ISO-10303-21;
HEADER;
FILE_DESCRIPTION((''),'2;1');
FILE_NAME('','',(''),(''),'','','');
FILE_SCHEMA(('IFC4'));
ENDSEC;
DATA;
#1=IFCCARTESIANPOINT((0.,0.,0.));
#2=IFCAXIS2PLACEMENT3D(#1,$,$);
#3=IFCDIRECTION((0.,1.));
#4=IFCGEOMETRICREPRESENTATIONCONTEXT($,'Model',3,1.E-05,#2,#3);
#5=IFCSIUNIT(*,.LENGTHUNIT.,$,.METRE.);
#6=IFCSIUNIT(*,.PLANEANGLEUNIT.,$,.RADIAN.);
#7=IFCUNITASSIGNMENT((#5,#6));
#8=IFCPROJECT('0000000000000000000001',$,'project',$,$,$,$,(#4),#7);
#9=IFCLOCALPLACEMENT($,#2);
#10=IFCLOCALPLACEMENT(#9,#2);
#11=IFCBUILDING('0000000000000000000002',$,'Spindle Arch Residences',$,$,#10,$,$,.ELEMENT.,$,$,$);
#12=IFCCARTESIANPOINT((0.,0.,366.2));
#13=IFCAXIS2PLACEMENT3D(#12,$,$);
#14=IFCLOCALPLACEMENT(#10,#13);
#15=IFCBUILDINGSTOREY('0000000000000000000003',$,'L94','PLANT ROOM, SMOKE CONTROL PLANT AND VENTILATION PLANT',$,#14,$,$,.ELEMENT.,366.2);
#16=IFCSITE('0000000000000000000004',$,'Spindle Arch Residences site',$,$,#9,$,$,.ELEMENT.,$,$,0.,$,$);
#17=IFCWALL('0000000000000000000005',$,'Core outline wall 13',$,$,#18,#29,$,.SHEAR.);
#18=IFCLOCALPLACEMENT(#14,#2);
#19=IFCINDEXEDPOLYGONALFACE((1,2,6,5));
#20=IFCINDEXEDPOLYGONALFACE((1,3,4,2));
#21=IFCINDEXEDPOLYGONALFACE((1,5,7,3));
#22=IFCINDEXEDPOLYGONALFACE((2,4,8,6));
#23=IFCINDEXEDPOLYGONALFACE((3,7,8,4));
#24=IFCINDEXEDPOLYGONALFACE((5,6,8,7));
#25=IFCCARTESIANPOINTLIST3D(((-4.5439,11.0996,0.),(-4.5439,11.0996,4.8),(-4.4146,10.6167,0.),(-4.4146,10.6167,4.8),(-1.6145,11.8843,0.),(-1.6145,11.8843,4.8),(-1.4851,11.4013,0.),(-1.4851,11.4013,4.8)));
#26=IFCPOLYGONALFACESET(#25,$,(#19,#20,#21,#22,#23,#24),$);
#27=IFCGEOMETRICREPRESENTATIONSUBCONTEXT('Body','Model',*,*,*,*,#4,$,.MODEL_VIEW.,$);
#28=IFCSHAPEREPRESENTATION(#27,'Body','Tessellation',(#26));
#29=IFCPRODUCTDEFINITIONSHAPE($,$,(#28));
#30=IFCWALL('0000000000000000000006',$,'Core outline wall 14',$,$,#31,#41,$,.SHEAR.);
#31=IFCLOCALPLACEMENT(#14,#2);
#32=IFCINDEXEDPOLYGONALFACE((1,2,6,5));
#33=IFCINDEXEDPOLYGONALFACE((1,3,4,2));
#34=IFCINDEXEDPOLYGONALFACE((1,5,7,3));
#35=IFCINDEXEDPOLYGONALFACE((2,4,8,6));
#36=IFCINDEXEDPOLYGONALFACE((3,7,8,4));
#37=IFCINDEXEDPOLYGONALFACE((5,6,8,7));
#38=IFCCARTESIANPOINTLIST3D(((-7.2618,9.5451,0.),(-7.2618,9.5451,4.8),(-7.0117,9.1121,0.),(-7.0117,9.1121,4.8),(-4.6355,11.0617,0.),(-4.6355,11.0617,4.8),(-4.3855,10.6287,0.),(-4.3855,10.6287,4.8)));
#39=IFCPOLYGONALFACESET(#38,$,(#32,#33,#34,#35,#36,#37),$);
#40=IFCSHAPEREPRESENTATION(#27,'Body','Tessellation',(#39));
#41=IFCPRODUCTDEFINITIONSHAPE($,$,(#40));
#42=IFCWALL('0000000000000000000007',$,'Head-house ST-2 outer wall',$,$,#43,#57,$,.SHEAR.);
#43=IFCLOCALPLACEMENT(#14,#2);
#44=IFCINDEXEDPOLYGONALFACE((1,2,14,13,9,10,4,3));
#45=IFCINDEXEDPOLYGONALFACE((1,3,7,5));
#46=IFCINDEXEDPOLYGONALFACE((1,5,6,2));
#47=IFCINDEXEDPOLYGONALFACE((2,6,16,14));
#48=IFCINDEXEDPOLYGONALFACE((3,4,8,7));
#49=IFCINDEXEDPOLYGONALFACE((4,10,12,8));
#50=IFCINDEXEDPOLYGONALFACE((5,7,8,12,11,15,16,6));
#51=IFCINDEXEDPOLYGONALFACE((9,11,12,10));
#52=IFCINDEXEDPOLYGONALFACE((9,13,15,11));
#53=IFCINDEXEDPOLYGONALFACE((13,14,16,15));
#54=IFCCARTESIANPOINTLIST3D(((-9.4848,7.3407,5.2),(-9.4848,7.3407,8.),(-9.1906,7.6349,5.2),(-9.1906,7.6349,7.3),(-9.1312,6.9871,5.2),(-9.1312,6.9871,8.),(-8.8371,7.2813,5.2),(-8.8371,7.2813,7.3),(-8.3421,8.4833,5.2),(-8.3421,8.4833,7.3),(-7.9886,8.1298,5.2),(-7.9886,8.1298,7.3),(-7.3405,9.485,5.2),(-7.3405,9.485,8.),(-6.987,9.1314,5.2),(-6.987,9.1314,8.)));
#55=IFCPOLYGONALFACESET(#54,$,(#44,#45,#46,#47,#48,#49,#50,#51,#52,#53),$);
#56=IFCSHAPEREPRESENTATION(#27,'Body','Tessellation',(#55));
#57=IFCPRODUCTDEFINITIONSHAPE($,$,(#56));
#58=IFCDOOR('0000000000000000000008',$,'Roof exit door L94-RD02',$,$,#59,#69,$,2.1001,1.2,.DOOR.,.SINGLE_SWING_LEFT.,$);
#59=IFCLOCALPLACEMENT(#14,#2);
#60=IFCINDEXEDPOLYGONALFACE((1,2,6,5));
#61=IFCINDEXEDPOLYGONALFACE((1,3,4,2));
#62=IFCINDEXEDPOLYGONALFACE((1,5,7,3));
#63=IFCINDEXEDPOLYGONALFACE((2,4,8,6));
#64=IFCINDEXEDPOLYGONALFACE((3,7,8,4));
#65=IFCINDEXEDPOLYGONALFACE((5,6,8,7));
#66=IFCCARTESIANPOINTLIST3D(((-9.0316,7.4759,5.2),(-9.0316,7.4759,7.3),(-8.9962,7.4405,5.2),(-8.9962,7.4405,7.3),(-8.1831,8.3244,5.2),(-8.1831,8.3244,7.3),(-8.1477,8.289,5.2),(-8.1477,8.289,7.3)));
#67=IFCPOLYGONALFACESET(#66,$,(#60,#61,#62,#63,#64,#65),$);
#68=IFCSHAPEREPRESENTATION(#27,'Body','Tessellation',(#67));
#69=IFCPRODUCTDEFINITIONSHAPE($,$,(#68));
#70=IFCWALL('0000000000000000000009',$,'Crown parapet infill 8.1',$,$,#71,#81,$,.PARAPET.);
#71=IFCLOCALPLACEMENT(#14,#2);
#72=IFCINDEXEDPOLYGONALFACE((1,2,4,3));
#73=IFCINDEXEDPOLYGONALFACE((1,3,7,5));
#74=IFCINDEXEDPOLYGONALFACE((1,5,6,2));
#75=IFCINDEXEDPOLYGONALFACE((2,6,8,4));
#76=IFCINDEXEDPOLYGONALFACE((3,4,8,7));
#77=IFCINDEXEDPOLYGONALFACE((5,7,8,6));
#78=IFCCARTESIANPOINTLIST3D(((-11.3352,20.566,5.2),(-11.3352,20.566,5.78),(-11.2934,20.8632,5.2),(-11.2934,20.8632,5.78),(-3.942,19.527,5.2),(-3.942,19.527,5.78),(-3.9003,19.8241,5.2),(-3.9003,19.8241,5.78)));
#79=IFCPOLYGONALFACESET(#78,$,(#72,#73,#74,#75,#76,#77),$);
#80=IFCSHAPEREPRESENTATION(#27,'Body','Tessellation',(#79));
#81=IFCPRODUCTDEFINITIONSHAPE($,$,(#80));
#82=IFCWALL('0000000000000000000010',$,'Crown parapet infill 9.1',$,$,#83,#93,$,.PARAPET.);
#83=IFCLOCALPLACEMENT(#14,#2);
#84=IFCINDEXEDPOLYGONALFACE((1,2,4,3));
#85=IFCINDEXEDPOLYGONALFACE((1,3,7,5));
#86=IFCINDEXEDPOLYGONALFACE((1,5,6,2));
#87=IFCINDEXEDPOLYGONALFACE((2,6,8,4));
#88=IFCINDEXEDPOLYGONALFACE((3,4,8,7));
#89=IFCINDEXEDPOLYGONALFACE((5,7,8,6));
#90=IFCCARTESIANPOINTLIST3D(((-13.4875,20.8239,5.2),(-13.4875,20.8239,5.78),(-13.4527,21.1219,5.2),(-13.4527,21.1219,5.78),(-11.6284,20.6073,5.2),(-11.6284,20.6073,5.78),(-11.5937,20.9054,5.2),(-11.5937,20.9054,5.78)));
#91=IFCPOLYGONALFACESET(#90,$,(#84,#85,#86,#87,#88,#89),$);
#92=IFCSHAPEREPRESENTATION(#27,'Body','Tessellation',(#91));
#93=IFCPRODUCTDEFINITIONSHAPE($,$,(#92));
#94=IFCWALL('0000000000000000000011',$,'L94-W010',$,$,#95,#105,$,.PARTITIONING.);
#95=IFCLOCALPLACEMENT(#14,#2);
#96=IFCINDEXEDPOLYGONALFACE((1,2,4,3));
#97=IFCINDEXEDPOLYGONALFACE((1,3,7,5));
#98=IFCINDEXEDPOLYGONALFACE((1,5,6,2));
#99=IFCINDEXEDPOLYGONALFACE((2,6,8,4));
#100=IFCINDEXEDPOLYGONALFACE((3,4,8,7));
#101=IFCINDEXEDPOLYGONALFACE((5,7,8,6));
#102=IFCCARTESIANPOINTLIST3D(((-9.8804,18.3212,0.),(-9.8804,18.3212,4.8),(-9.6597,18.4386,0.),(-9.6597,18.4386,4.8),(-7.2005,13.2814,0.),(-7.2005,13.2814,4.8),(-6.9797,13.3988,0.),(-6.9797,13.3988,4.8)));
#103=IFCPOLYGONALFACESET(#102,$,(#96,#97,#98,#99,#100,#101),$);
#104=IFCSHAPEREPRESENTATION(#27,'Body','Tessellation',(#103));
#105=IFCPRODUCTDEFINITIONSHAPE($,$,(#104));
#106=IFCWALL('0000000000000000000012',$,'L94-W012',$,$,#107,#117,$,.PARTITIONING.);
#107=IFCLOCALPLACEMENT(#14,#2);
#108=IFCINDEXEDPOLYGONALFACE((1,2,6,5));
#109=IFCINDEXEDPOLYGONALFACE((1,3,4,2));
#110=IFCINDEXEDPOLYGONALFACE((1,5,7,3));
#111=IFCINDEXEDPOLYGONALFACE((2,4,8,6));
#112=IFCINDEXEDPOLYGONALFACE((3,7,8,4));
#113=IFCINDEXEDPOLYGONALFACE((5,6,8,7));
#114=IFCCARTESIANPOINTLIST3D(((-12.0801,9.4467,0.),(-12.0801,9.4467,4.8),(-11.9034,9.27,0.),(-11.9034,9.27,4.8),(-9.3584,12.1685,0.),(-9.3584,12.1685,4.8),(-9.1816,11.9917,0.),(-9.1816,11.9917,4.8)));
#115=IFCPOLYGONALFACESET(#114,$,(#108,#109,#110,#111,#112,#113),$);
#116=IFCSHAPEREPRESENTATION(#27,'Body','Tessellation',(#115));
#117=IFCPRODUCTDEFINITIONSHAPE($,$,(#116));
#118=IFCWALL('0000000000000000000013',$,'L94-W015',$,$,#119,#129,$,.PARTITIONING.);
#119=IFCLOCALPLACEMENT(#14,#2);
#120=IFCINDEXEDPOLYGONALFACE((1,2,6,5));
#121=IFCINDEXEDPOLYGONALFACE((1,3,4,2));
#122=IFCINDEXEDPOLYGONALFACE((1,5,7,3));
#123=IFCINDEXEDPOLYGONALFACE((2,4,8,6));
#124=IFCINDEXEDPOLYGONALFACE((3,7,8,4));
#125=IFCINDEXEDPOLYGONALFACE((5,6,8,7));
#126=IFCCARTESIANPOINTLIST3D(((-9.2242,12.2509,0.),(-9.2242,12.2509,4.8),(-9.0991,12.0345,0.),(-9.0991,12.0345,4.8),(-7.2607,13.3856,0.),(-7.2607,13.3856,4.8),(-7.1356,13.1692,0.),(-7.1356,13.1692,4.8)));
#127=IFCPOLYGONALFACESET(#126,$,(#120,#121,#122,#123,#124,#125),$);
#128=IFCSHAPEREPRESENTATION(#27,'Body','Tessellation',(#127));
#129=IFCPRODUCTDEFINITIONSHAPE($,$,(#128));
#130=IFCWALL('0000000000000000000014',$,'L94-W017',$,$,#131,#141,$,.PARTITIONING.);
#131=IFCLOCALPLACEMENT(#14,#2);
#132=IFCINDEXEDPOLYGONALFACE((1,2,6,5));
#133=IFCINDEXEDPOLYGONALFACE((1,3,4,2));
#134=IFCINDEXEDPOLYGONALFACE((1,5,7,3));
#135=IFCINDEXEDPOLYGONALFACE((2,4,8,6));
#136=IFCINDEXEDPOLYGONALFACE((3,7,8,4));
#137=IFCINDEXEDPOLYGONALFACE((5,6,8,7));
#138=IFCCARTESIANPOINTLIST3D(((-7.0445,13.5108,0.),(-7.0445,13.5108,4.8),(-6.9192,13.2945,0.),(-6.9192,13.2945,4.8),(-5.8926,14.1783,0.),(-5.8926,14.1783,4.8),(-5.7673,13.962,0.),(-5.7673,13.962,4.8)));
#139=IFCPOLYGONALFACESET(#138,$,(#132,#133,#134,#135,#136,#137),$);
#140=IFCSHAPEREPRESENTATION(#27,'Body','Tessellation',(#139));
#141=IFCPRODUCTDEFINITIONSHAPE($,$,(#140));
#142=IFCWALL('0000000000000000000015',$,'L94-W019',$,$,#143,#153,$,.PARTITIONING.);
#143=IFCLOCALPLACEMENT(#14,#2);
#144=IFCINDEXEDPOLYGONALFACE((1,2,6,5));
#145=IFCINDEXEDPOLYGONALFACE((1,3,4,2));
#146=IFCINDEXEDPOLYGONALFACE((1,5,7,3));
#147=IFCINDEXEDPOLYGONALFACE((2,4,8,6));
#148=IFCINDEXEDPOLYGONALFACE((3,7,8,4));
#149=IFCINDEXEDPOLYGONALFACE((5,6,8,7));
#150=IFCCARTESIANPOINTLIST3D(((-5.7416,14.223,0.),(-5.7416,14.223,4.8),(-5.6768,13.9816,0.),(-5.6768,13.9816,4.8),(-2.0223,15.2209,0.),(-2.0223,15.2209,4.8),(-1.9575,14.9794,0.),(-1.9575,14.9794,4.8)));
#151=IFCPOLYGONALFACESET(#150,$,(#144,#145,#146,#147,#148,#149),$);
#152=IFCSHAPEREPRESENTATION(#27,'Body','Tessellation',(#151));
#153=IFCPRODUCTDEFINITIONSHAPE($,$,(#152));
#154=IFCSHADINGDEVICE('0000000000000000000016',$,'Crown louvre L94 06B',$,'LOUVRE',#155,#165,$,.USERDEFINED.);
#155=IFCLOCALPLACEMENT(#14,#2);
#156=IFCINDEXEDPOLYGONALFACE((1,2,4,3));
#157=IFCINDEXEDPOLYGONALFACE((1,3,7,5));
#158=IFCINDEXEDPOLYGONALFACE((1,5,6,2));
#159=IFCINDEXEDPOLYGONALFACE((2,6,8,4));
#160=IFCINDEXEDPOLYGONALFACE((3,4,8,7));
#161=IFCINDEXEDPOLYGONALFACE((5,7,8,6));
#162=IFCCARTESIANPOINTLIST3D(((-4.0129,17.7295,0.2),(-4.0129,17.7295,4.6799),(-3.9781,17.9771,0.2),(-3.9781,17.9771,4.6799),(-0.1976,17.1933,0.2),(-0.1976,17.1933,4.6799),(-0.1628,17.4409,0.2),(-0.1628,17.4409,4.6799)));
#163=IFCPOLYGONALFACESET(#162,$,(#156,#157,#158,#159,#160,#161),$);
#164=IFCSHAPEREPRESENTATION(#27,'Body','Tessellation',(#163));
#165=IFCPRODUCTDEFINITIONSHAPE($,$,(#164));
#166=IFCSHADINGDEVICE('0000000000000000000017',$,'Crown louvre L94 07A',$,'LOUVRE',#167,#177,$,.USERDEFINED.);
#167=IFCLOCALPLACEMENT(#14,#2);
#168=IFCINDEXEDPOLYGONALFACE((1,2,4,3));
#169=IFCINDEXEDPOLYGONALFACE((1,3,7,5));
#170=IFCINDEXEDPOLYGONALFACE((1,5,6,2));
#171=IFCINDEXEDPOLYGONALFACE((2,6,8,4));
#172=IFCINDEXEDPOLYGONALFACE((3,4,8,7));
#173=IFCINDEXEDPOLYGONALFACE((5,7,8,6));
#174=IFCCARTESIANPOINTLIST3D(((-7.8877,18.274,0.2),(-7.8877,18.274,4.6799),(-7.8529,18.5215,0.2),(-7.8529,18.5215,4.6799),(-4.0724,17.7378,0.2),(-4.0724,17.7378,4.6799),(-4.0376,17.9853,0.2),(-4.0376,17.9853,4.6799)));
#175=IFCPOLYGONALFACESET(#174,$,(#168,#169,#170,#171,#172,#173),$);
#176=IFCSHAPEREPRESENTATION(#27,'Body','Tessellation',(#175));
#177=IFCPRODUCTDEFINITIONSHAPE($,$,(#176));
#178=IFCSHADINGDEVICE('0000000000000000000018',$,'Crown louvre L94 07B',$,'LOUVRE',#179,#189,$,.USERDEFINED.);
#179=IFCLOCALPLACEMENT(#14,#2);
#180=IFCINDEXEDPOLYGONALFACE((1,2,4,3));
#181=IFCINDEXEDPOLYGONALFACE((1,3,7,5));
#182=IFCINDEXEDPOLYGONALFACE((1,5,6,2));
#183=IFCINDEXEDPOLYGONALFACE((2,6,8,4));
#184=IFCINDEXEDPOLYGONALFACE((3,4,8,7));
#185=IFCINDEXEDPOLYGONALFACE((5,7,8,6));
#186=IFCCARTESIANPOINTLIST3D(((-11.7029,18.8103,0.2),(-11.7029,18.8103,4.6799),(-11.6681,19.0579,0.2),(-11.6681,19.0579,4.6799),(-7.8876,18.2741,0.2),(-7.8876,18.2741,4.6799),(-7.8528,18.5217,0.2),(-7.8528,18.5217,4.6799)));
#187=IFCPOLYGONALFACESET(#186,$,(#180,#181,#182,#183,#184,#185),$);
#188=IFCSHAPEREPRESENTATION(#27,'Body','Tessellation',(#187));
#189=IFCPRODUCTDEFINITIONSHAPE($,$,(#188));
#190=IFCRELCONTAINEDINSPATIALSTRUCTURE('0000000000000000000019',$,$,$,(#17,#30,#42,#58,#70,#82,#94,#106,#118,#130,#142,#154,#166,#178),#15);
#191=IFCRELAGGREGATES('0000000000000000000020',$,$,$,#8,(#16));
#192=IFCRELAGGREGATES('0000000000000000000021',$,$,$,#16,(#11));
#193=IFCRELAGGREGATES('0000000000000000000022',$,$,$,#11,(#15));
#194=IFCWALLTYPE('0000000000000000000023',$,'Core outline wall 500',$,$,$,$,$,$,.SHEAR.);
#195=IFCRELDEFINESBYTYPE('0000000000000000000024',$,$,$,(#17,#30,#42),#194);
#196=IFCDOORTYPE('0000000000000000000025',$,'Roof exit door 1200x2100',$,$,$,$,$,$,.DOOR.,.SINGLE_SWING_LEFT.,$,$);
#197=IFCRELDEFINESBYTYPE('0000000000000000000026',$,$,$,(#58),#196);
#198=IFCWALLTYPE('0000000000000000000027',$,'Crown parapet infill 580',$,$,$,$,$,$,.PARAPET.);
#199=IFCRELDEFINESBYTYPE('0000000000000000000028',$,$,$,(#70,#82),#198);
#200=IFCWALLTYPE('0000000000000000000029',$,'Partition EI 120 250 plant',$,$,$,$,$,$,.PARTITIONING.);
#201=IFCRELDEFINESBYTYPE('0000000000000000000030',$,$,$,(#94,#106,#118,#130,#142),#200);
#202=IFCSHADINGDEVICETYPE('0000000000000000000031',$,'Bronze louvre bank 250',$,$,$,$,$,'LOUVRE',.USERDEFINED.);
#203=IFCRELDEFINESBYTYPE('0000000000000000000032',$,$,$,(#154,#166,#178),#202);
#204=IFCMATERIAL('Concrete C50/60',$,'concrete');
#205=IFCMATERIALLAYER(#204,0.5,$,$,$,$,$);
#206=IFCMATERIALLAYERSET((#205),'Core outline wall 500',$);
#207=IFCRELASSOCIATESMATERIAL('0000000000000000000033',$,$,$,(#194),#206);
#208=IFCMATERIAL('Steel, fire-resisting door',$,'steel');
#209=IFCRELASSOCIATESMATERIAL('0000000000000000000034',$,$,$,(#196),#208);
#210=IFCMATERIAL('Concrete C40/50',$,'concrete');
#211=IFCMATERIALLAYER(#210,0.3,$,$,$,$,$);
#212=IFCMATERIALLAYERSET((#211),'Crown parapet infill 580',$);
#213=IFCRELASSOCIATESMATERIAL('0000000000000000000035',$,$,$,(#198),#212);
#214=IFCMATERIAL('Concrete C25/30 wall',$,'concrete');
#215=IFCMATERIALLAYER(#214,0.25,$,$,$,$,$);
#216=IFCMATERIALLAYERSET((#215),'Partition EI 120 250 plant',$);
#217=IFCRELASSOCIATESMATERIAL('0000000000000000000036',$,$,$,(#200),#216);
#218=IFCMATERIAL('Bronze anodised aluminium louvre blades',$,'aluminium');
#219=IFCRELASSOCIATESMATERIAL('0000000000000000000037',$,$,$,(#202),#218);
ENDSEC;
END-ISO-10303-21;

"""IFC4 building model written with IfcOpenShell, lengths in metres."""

from ifc_helpers import new_model, si_unit, direction, frame, frame_2d, origin, origin_2d, place, context, subcontext, project, spatial, rectangle, extrude, material, layer, layer_set, type_object, element, fill, save


model = new_model("IFC4")

# Units and contexts
model_context = context("Model", 3, precision=1e-05, world=origin(), true_north=direction((0.0, 1.0)))
body_context = subcontext(model_context, "Body", "Model", "MODEL_VIEW")
ifc_project = project(units=[si_unit("LENGTHUNIT", "METRE"), si_unit("PLANEANGLEUNIT", "RADIAN")], contexts=[model_context])

# Site, building, storey
site_placement = place(None, origin())
site = spatial("IfcSite", under=ifc_project, at=site_placement, Name="Spindle Arch Residences site", CompositionType="ELEMENT", RefElevation=0.0)
building_placement = place(site_placement, origin())
building = spatial("IfcBuilding", under=site, at=building_placement, Name="Spindle Arch Residences", CompositionType="ELEMENT")
storey_placement = place(building_placement, frame((0.0, 0.0, 366.2)))
storey = spatial("IfcBuildingStorey", under=building, at=storey_placement, Name="L94", Description="PLANT ROOM, SMOKE CONTROL PLANT AND VENTILATION PLANT", CompositionType="ELEMENT", Elevation=366.2)

# Walls
ifc_material_1 = material(Name="Concrete C50/60", Category="concrete")
ifc_layer_1 = layer(ifc_material_1, 0.5)
ifc_layer_set_1 = layer_set([ifc_layer_1], Name="Core outline wall 500")
wall_type_1 = type_object("IfcWallType", Name="Core outline wall 500", PredefinedType="SHEAR", material=ifc_layer_set_1)
for number, where, z_axis, x_axis, name in (
    (1, (-1.5498, 11.6428, 0.0), (0.0, 0.0, 1.0), (-0.965948, -0.258735, 0.0), "Core outline wall 13"),
    (2, (-4.5105, 10.8452, 0.0), (0.0, 0.0, 1.0), (-0.865975, -0.500087, 0.0), "Core outline wall 14"),
):
    element("IfcWall", number, at=place(storey_placement, frame(where, z_axis=z_axis, x_axis=x_axis)), inside=storey, type_object=wall_type_1, Name=name, PredefinedType="SHEAR", context=body_context, shape_type="SweptSolid", body=[
        extrude(rectangle(XDim=3.0327, YDim=0.5, at=frame_2d((1.5164, 0.0))), origin(), (0.0, 0.0, 1.0), 4.8),
    ])

# Wall, opening, door
wall_1_placement = place(storey_placement, frame((-7.1638, 9.3081, 5.2), z_axis=(0.0, 0.0, 1.0), x_axis=(-0.707107, -0.707107, 0.0)))
wall_1 = element("IfcWall", 3, at=wall_1_placement, inside=storey, type_object=wall_type_1, Name="Head-house ST-2 outer wall", PredefinedType="SHEAR", context=body_context, shape_type="SweptSolid", body=[
    extrude(rectangle(XDim=3.0325, YDim=0.5, at=frame_2d((1.5161, 0.0))), origin(), (0.0, 0.0, 1.0), 2.8),
])
opening_placement = place(wall_1_placement, frame((1.4163, 0.0, 0.0)))
opening = element("IfcOpeningElement", 4, at=opening_placement, cuts=wall_1, PredefinedType="OPENING", context=body_context, shape_type="SweptSolid", body=[
    extrude(rectangle(XDim=1.2, YDim=2.1001, at=frame_2d((0.6001, 1.05))), frame((0.0, 0.26, 0.0), z_axis=(0.0, -1.0, 0.0), x_axis=(1.0, 0.0, 0.0)), (0.0, 0.0, 1.0), 0.52),
])
ifc_material_2 = material(Name="Steel, fire-resisting door", Category="steel")
door_type = type_object("IfcDoorType", Name="Roof exit door 1200x2100", OperationType="SINGLE_SWING_LEFT", PredefinedType="DOOR", material=ifc_material_2)
door_placement = place(opening_placement, origin())
door = element("IfcDoor", 5, at=door_placement, inside=storey, type_object=door_type, Name="Roof exit door L94-RD02", OperationType="SINGLE_SWING_LEFT", OverallHeight=2.1001, OverallWidth=1.2, PredefinedType="DOOR", context=body_context, shape_type="SweptSolid", body=[
    extrude(rectangle(XDim=1.2, YDim=2.1001, at=frame_2d((0.6001, 1.05))), frame((0.0, 0.0249, 0.0), z_axis=(0.0, -1.0, 0.0), x_axis=(1.0, 0.0, 0.0)), (0.0, 0.0, 1.0), 0.05),
])
fill(opening, door)

# Walls
ifc_material_3 = material(Name="Concrete C40/50", Category="concrete")
ifc_layer_2 = layer(ifc_material_3, 0.3)
ifc_layer_set_2 = layer_set([ifc_layer_2], Name="Crown parapet infill 580")
wall_type_2 = type_object("IfcWallType", Name="Crown parapet infill 580", PredefinedType="PARAPET", material=ifc_layer_set_2)
wall_2_placement = place(storey_placement, frame((-3.9211, 19.6755, 5.2), z_axis=(0.0, 0.0, 1.0), x_axis=(-0.990267, 0.139178, 0.0)))
element("IfcWall", 6, at=wall_2_placement, inside=storey, type_object=wall_type_2, Name="Crown parapet infill 8.1", PredefinedType="PARAPET", context=body_context, shape_type="SweptSolid", body=[
    extrude(rectangle(XDim=7.4658, YDim=0.3, at=frame_2d((3.7329, 0.0))), origin(), (0.0, 0.0, 1.0), 0.5801),
])
wall_3_placement = place(storey_placement, frame((-11.6111, 20.7563, 5.2), z_axis=(0.0, 0.0, 1.0), x_axis=(-0.993284, 0.115698, 0.0)))
element("IfcWall", 7, at=wall_3_placement, inside=storey, type_object=wall_type_2, Name="Crown parapet infill 9.1", PredefinedType="PARAPET", context=body_context, shape_type="SweptSolid", body=[
    extrude(rectangle(XDim=1.8716, YDim=0.3, at=frame_2d((0.9358, 0.0))), origin(), (0.0, 0.0, 1.0), 0.5801),
])
ifc_material_4 = material(Name="Concrete C25/30 wall", Category="concrete")
ifc_layer_3 = layer(ifc_material_4, 0.25)
ifc_layer_set_3 = layer_set([ifc_layer_3], Name="Partition EI 120 250 plant")
wall_type_3 = type_object("IfcWallType", Name="Partition EI 120 250 plant", PredefinedType="PARTITIONING", material=ifc_layer_set_3)
wall_4_placement = place(storey_placement, frame((-9.77, 18.3799, 0.0), z_axis=(0.0, 0.0, 1.0), x_axis=(0.469502, -0.882931, 0.0)))
element("IfcWall", 8, at=wall_4_placement, inside=storey, type_object=wall_type_3, Name="L94-W010", PredefinedType="PARTITIONING", context=body_context, shape_type="SweptSolid", body=[
    extrude(rectangle(XDim=5.708, YDim=0.25, at=frame_2d((2.854, 0.0))), origin(), (0.0, 0.0, 1.0), 4.8),
])
wall_5_placement = place(storey_placement, frame((-9.27, 12.0801, 0.0), z_axis=(0.0, 0.0, 1.0), x_axis=(-0.707107, -0.707107, 0.0)))
element("IfcWall", 9, at=wall_5_placement, inside=storey, type_object=wall_type_3, Name="L94-W012", PredefinedType="PARTITIONING", context=body_context, shape_type="SweptSolid", body=[
    extrude(rectangle(XDim=3.8491, YDim=0.25, at=frame_2d((1.9246, 0.0))), origin(), (0.0, 0.0, 1.0), 4.8),
])
wall_6_placement = place(storey_placement, frame((-7.1982, 13.2773, 0.0), z_axis=(0.0, 0.0, 1.0), x_axis=(-0.865822, -0.500353, 0.0)))
element("IfcWall", 10, at=wall_6_placement, inside=storey, type_object=wall_type_3, Name="L94-W015", PredefinedType="PARTITIONING", context=body_context, shape_type="SweptSolid", body=[
    extrude(rectangle(XDim=2.2678, YDim=0.25, at=frame_2d((1.1338, 0.0))), origin(), (0.0, 0.0, 1.0), 4.8),
])
wall_7_placement = place(storey_placement, frame((-5.8301, 14.0701, 0.0), z_axis=(0.0, 0.0, 1.0), x_axis=(-0.865225, -0.501383, 0.0)))
element("IfcWall", 11, at=wall_7_placement, inside=storey, type_object=wall_type_3, Name="L94-W017", PredefinedType="PARTITIONING", context=body_context, shape_type="SweptSolid", body=[
    extrude(rectangle(XDim=1.3313, YDim=0.25, at=frame_2d((0.6655, 0.0))), origin(), (0.0, 0.0, 1.0), 4.8),
])
wall_8_placement = place(storey_placement, frame((-1.99, 15.1001, 0.0), z_axis=(0.0, 0.0, 1.0), x_axis=(-0.965846, -0.259118, 0.0)))
element("IfcWall", 12, at=wall_8_placement, inside=storey, type_object=wall_type_3, Name="L94-W019", PredefinedType="PARTITIONING", context=body_context, shape_type="SweptSolid", body=[
    extrude(rectangle(XDim=3.8508, YDim=0.25, at=frame_2d((1.9253, 0.0))), origin(), (0.0, 0.0, 1.0), 4.8),
])

# Shading devices
ifc_material_5 = material(Name="Bronze anodised aluminium louvre blades", Category="aluminium")
shading_device_type = type_object("IfcShadingDeviceType", Name="Bronze louvre bank 250", ElementType="LOUVRE", PredefinedType="USERDEFINED", material=ifc_material_5)
for number, where, z_axis, x_axis, name in (
    (13, (-2.0879, 17.5852, 0.2), (0.0, 0.0, 1.0), (-0.990268, 0.139173, 0.0), "Crown louvre L94 06B"),
    (14, (-5.9626, 18.1296, 0.2), (0.0, 0.0, 1.0), (-0.990268, 0.139173, 0.0), "Crown louvre L94 07A"),
    (15, (-9.7778, 18.666, 0.2), (0.0, 0.0, 1.0), (-0.990268, 0.139173, 0.0), "Crown louvre L94 07B"),
):
    element("IfcShadingDevice", number, at=place(storey_placement, frame(where, z_axis=z_axis, x_axis=x_axis)), inside=storey, type_object=shading_device_type, Name=name, ObjectType="LOUVRE", PredefinedType="USERDEFINED", context=body_context, shape_type="SweptSolid", body=[
        extrude(rectangle(XDim=3.8528, YDim=0.25, at=origin_2d()), origin(), (0.0, 0.0, 1.0), 4.48),
    ])

save(model, "model.ifc")
